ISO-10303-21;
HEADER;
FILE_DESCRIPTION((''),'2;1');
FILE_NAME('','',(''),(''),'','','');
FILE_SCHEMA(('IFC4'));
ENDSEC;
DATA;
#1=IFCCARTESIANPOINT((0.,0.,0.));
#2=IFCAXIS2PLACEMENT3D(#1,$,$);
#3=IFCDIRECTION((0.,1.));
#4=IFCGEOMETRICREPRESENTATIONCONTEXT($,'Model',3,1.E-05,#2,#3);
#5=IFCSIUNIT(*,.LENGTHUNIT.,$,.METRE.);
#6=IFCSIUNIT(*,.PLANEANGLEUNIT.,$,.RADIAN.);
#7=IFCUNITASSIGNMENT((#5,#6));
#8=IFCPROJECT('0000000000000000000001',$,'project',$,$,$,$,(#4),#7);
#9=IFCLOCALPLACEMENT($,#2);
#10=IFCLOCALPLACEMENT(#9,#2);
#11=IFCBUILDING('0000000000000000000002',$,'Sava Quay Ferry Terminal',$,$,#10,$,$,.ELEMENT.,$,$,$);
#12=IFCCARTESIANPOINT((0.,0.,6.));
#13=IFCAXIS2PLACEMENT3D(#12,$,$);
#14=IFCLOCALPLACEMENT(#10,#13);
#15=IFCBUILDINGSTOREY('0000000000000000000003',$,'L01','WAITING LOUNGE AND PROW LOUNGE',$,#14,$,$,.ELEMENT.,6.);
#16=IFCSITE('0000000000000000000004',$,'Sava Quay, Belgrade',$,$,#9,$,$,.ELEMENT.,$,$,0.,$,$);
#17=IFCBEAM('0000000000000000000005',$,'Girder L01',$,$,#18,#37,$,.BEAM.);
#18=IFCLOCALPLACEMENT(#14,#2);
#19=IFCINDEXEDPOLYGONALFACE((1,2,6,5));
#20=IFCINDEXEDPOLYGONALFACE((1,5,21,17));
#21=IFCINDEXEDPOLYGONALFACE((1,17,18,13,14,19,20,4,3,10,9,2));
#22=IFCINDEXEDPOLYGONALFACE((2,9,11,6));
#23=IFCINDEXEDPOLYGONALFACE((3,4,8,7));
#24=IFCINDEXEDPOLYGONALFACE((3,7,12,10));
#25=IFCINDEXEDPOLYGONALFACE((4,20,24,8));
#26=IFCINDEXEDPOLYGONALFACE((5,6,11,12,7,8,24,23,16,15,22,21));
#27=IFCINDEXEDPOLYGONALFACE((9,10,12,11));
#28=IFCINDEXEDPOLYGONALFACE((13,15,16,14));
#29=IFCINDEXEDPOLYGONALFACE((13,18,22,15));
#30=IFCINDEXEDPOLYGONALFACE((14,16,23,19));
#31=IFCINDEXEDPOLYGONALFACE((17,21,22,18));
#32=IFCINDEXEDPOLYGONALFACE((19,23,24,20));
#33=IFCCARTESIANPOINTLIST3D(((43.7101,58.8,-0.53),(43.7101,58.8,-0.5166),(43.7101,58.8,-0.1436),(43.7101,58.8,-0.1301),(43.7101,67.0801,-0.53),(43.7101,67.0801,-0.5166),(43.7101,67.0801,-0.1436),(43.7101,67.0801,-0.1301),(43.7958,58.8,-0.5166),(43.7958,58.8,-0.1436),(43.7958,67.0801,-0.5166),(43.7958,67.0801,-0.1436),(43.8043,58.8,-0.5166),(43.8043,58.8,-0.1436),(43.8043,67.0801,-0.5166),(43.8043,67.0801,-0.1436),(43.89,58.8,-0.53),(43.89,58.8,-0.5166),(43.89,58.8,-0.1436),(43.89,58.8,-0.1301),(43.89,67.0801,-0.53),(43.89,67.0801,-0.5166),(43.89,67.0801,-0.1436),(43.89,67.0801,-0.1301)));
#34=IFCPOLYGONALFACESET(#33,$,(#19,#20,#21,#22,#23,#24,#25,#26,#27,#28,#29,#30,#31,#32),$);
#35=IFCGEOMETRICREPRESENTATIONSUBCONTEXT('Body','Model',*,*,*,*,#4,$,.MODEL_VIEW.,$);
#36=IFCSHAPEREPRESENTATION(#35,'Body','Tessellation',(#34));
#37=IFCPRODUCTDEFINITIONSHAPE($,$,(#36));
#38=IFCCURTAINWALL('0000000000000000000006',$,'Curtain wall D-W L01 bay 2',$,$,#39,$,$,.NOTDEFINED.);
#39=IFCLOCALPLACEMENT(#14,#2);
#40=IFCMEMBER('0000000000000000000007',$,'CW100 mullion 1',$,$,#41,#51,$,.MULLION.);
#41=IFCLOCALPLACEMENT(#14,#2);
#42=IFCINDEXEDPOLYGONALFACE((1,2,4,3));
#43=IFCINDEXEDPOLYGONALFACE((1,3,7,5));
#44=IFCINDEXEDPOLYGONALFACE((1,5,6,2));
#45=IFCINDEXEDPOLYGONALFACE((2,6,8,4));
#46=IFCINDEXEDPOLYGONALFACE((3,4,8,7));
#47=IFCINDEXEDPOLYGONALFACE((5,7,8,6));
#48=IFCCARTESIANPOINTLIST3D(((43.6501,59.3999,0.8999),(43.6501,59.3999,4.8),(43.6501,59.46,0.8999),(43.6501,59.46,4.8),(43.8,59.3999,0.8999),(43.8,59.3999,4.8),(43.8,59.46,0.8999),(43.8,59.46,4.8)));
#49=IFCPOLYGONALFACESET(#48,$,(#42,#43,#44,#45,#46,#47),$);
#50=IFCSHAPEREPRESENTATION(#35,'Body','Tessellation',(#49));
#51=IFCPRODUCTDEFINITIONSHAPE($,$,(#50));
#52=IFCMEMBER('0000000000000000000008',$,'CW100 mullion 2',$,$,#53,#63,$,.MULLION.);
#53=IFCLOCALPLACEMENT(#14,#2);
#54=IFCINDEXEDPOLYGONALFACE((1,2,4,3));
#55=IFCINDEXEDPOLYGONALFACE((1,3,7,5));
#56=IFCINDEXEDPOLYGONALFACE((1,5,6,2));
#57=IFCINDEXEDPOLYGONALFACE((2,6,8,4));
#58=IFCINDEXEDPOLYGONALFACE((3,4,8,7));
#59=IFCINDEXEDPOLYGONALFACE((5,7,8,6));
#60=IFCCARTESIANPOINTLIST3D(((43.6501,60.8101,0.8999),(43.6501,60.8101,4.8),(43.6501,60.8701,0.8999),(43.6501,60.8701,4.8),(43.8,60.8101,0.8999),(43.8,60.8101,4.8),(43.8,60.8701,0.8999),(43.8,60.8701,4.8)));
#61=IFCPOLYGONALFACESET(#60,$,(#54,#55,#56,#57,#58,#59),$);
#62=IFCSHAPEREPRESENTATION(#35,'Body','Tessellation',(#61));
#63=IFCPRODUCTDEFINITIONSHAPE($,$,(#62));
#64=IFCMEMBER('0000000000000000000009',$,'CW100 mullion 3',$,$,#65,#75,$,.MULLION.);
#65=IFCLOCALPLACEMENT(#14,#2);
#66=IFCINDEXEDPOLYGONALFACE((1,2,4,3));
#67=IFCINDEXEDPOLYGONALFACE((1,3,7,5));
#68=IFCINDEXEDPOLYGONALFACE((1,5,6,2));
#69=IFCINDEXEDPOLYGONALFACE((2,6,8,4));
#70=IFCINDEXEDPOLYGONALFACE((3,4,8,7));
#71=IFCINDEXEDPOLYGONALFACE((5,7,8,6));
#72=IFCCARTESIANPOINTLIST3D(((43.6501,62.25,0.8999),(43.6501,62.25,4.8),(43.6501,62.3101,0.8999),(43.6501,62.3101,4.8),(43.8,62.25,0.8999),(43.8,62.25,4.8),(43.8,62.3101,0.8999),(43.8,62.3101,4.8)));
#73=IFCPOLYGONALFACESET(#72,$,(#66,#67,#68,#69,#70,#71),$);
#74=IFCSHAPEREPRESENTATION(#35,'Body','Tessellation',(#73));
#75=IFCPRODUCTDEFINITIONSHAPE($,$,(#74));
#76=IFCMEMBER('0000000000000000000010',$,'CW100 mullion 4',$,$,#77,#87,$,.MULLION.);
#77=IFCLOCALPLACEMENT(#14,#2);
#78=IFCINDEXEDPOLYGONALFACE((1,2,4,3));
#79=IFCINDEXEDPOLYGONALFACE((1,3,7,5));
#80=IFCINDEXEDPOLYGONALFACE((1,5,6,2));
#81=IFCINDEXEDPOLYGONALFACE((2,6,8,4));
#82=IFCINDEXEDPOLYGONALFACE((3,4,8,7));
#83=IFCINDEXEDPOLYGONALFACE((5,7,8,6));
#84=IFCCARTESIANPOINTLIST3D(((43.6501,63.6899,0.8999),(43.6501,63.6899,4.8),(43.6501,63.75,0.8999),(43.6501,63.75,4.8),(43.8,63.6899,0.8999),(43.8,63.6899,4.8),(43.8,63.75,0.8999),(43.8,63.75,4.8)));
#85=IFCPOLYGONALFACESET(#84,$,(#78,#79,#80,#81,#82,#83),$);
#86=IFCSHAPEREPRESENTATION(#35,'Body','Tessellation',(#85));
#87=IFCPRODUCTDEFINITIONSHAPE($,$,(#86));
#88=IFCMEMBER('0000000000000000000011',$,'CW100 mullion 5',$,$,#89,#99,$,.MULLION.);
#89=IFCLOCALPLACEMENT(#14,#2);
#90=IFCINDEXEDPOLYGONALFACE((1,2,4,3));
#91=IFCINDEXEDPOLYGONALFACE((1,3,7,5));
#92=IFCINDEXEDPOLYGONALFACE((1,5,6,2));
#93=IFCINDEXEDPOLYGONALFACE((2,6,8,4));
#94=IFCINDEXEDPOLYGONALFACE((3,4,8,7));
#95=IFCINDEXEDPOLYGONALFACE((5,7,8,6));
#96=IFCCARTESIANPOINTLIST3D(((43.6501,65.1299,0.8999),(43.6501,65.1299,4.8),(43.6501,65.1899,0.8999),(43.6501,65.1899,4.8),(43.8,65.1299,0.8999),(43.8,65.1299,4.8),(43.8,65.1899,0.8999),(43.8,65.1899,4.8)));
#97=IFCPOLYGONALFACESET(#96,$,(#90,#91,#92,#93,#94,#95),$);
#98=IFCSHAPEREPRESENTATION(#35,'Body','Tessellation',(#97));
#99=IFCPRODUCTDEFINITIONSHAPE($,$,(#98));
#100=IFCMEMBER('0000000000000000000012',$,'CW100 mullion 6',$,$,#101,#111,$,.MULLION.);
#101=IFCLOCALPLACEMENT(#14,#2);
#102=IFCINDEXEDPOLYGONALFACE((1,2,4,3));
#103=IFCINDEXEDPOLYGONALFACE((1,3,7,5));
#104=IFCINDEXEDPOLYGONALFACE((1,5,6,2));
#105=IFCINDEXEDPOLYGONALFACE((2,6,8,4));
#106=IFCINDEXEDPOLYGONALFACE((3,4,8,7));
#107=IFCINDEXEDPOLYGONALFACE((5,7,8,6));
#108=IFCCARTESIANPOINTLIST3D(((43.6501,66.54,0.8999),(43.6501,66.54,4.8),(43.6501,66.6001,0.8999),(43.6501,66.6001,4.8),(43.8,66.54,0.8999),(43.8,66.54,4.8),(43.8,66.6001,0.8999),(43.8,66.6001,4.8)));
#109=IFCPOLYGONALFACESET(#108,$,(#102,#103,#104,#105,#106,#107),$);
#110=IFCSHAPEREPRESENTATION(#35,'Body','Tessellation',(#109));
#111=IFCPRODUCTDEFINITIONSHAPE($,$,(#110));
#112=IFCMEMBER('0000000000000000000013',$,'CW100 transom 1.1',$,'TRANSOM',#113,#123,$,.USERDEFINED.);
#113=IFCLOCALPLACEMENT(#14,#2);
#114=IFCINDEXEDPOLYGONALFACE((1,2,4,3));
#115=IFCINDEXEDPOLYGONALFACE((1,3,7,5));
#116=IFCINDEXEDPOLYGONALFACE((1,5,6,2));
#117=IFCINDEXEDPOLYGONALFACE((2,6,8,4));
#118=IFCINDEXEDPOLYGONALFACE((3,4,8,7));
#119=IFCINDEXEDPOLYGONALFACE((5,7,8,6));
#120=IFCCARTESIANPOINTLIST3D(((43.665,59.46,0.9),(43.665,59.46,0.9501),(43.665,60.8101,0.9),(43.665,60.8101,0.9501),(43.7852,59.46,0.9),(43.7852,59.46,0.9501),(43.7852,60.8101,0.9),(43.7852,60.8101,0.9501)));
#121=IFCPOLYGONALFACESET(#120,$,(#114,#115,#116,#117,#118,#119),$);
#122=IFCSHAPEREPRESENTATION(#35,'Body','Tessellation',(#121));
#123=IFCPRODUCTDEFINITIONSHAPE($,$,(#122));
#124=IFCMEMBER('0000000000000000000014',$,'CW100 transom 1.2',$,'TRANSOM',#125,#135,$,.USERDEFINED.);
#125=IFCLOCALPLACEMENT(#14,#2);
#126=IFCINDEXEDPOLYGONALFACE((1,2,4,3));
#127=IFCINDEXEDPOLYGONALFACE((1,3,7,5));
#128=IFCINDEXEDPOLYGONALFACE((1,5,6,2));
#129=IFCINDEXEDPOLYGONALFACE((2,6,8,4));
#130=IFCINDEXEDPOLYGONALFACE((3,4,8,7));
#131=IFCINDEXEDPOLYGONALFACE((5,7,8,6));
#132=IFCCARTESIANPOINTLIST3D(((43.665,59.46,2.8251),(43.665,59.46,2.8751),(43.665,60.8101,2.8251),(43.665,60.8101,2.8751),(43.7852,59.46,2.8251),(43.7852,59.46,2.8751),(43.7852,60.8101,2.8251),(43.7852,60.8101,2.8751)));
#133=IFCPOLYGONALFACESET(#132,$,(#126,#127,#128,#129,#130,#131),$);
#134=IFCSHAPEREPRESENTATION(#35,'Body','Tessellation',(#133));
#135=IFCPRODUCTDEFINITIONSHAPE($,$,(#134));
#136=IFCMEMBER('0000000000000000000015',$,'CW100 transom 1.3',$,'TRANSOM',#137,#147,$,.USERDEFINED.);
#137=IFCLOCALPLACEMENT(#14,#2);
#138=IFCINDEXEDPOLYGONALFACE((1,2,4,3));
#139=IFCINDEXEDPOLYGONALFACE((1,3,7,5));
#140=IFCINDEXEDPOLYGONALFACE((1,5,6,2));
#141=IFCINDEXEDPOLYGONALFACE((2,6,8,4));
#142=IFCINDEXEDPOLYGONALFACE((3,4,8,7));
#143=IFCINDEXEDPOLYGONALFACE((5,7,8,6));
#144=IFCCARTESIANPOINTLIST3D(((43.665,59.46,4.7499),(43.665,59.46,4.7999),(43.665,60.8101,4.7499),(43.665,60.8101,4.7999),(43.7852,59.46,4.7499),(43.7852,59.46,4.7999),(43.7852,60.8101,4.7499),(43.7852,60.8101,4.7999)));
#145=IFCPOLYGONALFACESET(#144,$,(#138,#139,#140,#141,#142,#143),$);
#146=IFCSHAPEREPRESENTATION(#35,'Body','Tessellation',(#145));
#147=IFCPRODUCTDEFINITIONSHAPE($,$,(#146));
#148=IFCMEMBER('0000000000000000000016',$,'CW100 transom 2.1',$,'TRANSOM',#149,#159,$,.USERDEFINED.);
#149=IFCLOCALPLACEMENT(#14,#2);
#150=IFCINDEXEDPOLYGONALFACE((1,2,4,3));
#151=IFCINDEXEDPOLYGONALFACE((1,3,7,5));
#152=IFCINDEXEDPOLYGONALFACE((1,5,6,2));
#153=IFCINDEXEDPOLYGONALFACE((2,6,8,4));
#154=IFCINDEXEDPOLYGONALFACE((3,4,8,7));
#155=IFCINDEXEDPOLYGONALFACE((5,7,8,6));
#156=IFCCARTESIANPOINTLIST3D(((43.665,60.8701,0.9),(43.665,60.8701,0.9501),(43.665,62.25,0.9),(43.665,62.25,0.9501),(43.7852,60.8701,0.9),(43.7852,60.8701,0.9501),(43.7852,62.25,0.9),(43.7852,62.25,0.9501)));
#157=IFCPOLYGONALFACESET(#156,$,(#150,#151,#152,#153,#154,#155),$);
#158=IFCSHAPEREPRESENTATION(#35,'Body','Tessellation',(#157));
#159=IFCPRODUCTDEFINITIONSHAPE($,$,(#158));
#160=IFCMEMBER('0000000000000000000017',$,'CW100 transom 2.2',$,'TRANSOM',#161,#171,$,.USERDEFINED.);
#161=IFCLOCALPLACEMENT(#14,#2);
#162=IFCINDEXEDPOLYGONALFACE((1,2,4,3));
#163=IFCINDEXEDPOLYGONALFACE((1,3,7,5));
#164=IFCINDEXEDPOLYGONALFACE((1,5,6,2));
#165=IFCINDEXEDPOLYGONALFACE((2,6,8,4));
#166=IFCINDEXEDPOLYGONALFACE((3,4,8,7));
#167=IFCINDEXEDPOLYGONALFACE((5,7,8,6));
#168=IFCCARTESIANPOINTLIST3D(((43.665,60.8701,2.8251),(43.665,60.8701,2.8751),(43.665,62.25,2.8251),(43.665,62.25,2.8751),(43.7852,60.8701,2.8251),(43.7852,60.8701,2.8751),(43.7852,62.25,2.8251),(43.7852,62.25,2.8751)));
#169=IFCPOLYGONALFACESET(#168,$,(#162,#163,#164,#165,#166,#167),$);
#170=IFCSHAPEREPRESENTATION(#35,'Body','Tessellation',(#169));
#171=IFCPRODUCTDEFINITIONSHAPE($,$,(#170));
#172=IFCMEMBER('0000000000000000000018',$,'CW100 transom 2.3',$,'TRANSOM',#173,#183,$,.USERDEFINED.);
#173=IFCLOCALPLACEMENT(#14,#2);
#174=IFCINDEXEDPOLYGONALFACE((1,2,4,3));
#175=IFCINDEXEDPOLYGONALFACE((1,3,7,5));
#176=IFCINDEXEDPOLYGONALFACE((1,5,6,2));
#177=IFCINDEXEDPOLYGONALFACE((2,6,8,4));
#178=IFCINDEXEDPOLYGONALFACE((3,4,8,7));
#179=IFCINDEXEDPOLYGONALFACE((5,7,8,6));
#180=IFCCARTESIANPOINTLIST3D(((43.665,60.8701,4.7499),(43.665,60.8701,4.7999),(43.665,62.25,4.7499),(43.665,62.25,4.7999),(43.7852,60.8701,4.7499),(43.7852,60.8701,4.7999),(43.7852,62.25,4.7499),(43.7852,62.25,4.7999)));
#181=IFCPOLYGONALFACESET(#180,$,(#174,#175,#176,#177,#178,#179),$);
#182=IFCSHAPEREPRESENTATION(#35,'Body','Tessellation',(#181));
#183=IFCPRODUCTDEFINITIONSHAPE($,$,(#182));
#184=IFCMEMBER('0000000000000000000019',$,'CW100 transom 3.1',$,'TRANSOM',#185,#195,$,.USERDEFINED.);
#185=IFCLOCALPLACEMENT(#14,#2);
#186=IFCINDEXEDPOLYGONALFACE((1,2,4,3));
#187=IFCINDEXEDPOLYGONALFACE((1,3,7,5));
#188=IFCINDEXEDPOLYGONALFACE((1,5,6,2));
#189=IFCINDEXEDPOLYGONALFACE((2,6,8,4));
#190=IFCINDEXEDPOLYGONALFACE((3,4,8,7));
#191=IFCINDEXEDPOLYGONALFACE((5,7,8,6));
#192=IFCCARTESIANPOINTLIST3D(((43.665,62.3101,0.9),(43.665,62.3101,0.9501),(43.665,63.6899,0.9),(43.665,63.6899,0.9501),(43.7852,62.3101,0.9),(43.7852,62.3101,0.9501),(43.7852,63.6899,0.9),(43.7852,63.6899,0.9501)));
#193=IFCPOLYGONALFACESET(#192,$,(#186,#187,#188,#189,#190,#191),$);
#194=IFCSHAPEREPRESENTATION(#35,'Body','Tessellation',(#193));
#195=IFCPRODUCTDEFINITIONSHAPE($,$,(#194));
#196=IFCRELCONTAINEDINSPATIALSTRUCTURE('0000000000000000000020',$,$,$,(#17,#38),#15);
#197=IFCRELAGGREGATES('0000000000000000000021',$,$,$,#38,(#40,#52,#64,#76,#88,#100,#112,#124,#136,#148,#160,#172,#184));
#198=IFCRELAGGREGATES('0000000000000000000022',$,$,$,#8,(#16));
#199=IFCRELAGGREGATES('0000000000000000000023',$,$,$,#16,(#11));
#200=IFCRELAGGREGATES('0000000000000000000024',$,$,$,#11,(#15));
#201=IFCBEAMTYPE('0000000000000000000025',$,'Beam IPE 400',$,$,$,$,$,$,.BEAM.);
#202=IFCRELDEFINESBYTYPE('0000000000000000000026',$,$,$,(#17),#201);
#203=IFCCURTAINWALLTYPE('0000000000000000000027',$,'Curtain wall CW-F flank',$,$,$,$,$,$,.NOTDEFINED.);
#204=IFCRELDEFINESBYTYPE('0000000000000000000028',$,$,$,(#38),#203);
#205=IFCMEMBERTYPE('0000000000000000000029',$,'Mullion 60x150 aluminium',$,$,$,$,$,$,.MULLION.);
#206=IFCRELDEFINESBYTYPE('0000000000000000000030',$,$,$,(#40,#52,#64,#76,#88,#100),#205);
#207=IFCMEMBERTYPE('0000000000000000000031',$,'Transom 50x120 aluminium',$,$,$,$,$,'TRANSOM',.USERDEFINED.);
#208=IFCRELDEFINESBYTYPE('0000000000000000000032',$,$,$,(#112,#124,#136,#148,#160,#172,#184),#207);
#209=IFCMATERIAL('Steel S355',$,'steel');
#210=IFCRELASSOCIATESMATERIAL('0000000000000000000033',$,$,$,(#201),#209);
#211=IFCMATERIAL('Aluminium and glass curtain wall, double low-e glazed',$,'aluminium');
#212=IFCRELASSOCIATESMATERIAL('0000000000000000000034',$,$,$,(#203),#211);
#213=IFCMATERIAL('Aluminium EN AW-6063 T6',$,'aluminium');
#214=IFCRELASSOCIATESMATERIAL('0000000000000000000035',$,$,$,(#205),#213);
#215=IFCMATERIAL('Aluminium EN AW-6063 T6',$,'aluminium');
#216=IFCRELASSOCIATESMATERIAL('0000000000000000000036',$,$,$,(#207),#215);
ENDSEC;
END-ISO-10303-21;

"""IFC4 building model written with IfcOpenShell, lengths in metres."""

from ifc_helpers import new_model, si_unit, direction, frame, origin, origin_2d, place, context, subcontext, project, spatial, rectangle, i_section, extrude, material, material_profile, profile_set, type_object, element, aggregate, save


model = new_model("IFC4")

# Units and contexts
model_context = context("Model", 3, precision=1e-05, world=origin(), true_north=direction((0.0, 1.0)))
body_context = subcontext(model_context, "Body", "Model", "MODEL_VIEW")
ifc_project = project(units=[si_unit("LENGTHUNIT", "METRE"), si_unit("PLANEANGLEUNIT", "RADIAN")], contexts=[model_context])

# Site, building, storey
site_placement = place(None, origin())
site = spatial("IfcSite", under=ifc_project, at=site_placement, Name="Sava Quay, Belgrade", CompositionType="ELEMENT", RefElevation=0.0)
building_placement = place(site_placement, origin())
building = spatial("IfcBuilding", under=site, at=building_placement, Name="Sava Quay Ferry Terminal", CompositionType="ELEMENT")
storey_placement = place(building_placement, frame((0.0, 0.0, 6.0)))
storey = spatial("IfcBuildingStorey", under=building, at=storey_placement, Name="L01", Description="WAITING LOUNGE AND PROW LOUNGE", CompositionType="ELEMENT", Elevation=6.0)

# Beam
ifc_material_1 = material(Name="Steel S355", Category="steel")
ifc_material_profile_1 = material_profile(ifc_material_1, i_section(OverallWidth=0.1799, OverallDepth=0.3999, WebThickness=0.0085, FlangeThickness=0.0134, at=origin_2d()), Name="IPE 400")
ifc_profile_set_1 = profile_set([ifc_material_profile_1], Name="Steel S355")
beam_type_1 = type_object("IfcBeamType", Name="Beam IPE 400", PredefinedType="BEAM", material=ifc_profile_set_1)
beam_placement = place(storey_placement, frame((43.8, 58.8, -0.3301), z_axis=(0.0, 1.0, 0.0), x_axis=(-1.0, 0.0, 0.0)))
element("IfcBeam", 1, at=beam_placement, inside=storey, type_object=beam_type_1, Name="Girder L01", PredefinedType="BEAM", context=body_context, shape_type="SweptSolid", body=[
    extrude(i_section(OverallWidth=0.1799, OverallDepth=0.3999, WebThickness=0.0085, FlangeThickness=0.0134, at=origin_2d()), origin(), (0.0, 0.0, 1.0), 8.28),
])

# Curtain wall, members
ifc_material_2 = material(Name="Aluminium and glass curtain wall, double low-e glazed", Category="aluminium")
curtain_wall_type = type_object("IfcCurtainWallType", Name="Curtain wall CW-F flank", PredefinedType="NOTDEFINED", material=ifc_material_2)
curtain_wall_placement = place(storey_placement, origin())
curtain_wall = element("IfcCurtainWall", 2, at=curtain_wall_placement, inside=storey, type_object=curtain_wall_type, Name="Curtain wall D-W L01 bay 2", PredefinedType="NOTDEFINED")
ifc_material_3 = material(Name="Aluminium EN AW-6063 T6", Category="aluminium")
ifc_material_profile_2 = material_profile(ifc_material_3, rectangle(XDim=0.1499, YDim=0.0601, at=origin_2d()), Name="Mullion 60x150 aluminium")
ifc_profile_set_2 = profile_set([ifc_material_profile_2], Name="Aluminium EN AW-6063 T6")
member_type_1 = type_object("IfcMemberType", Name="Mullion 60x150 aluminium", PredefinedType="MULLION", material=ifc_profile_set_2)
member_1_placement = place(storey_placement, frame((43.7251, 59.4299, 0.8999), z_axis=(0.0, 0.0, 1.0), x_axis=(-1.0, 0.0, 0.0)))
member_1 = element("IfcMember", 3, at=member_1_placement, type_object=member_type_1, Name="CW100 mullion 1", PredefinedType="MULLION", context=body_context, shape_type="SweptSolid", body=[
    extrude(rectangle(XDim=0.1499, YDim=0.0601, at=origin_2d()), origin(), (0.0, 0.0, 1.0), 3.9001),
])
member_2_placement = place(storey_placement, frame((43.7251, 60.8401, 0.8999), z_axis=(0.0, 0.0, 1.0), x_axis=(-1.0, 0.0, 0.0)))
member_2 = element("IfcMember", 4, at=member_2_placement, type_object=member_type_1, Name="CW100 mullion 2", PredefinedType="MULLION", context=body_context, shape_type="SweptSolid", body=[
    extrude(rectangle(XDim=0.1499, YDim=0.0601, at=origin_2d()), origin(), (0.0, 0.0, 1.0), 3.9001),
])
member_3_placement = place(storey_placement, frame((43.7251, 62.28, 0.8999), z_axis=(0.0, 0.0, 1.0), x_axis=(-1.0, 0.0, 0.0)))
member_3 = element("IfcMember", 5, at=member_3_placement, type_object=member_type_1, Name="CW100 mullion 3", PredefinedType="MULLION", context=body_context, shape_type="SweptSolid", body=[
    extrude(rectangle(XDim=0.1499, YDim=0.0601, at=origin_2d()), origin(), (0.0, 0.0, 1.0), 3.9001),
])
member_4_placement = place(storey_placement, frame((43.7251, 63.72, 0.8999), z_axis=(0.0, 0.0, 1.0), x_axis=(-1.0, 0.0, 0.0)))
member_4 = element("IfcMember", 6, at=member_4_placement, type_object=member_type_1, Name="CW100 mullion 4", PredefinedType="MULLION", context=body_context, shape_type="SweptSolid", body=[
    extrude(rectangle(XDim=0.1499, YDim=0.0601, at=origin_2d()), origin(), (0.0, 0.0, 1.0), 3.9001),
])
member_5_placement = place(storey_placement, frame((43.7251, 65.1599, 0.8999), z_axis=(0.0, 0.0, 1.0), x_axis=(-1.0, 0.0, 0.0)))
member_5 = element("IfcMember", 7, at=member_5_placement, type_object=member_type_1, Name="CW100 mullion 5", PredefinedType="MULLION", context=body_context, shape_type="SweptSolid", body=[
    extrude(rectangle(XDim=0.1499, YDim=0.0601, at=origin_2d()), origin(), (0.0, 0.0, 1.0), 3.9001),
])
member_6_placement = place(storey_placement, frame((43.7251, 66.5701, 0.8999), z_axis=(0.0, 0.0, 1.0), x_axis=(-1.0, 0.0, 0.0)))
member_6 = element("IfcMember", 8, at=member_6_placement, type_object=member_type_1, Name="CW100 mullion 6", PredefinedType="MULLION", context=body_context, shape_type="SweptSolid", body=[
    extrude(rectangle(XDim=0.1499, YDim=0.0601, at=origin_2d()), origin(), (0.0, 0.0, 1.0), 3.9001),
])
ifc_material_4 = material(Name="Aluminium EN AW-6063 T6", Category="aluminium")
ifc_material_profile_3 = material_profile(ifc_material_4, rectangle(XDim=0.1201, YDim=0.05, at=origin_2d()), Name="Transom 50x120 aluminium")
ifc_profile_set_3 = profile_set([ifc_material_profile_3], Name="Aluminium EN AW-6063 T6")
member_type_2 = type_object("IfcMemberType", Name="Transom 50x120 aluminium", ElementType="TRANSOM", PredefinedType="USERDEFINED", material=ifc_profile_set_3)
member_7_placement = place(storey_placement, frame((43.7251, 59.46, 0.925), z_axis=(0.0, 1.0, 0.0), x_axis=(-1.0, 0.0, 0.0)))
member_7 = element("IfcMember", 9, at=member_7_placement, type_object=member_type_2, Name="CW100 transom 1.1", ObjectType="TRANSOM", PredefinedType="USERDEFINED", context=body_context, shape_type="SweptSolid", body=[
    extrude(rectangle(XDim=0.1201, YDim=0.05, at=origin_2d()), origin(), (0.0, 0.0, 1.0), 1.3501),
])
member_8_placement = place(storey_placement, frame((43.7251, 59.46, 2.8501), z_axis=(0.0, 1.0, 0.0), x_axis=(-1.0, 0.0, 0.0)))
member_8 = element("IfcMember", 10, at=member_8_placement, type_object=member_type_2, Name="CW100 transom 1.2", ObjectType="TRANSOM", PredefinedType="USERDEFINED", context=body_context, shape_type="SweptSolid", body=[
    extrude(rectangle(XDim=0.1201, YDim=0.05, at=origin_2d()), origin(), (0.0, 0.0, 1.0), 1.3501),
])
member_9_placement = place(storey_placement, frame((43.7251, 59.46, 4.7749), z_axis=(0.0, 1.0, 0.0), x_axis=(-1.0, 0.0, 0.0)))
member_9 = element("IfcMember", 11, at=member_9_placement, type_object=member_type_2, Name="CW100 transom 1.3", ObjectType="TRANSOM", PredefinedType="USERDEFINED", context=body_context, shape_type="SweptSolid", body=[
    extrude(rectangle(XDim=0.1201, YDim=0.05, at=origin_2d()), origin(), (0.0, 0.0, 1.0), 1.3501),
])
member_10_placement = place(storey_placement, frame((43.7251, 60.8701, 0.925), z_axis=(0.0, 1.0, 0.0), x_axis=(-1.0, 0.0, 0.0)))
member_10 = element("IfcMember", 12, at=member_10_placement, type_object=member_type_2, Name="CW100 transom 2.1", ObjectType="TRANSOM", PredefinedType="USERDEFINED", context=body_context, shape_type="SweptSolid", body=[
    extrude(rectangle(XDim=0.1201, YDim=0.05, at=origin_2d()), origin(), (0.0, 0.0, 1.0), 1.3799),
])
member_11_placement = place(storey_placement, frame((43.7251, 60.8701, 2.8501), z_axis=(0.0, 1.0, 0.0), x_axis=(-1.0, 0.0, 0.0)))
member_11 = element("IfcMember", 13, at=member_11_placement, type_object=member_type_2, Name="CW100 transom 2.2", ObjectType="TRANSOM", PredefinedType="USERDEFINED", context=body_context, shape_type="SweptSolid", body=[
    extrude(rectangle(XDim=0.1201, YDim=0.05, at=origin_2d()), origin(), (0.0, 0.0, 1.0), 1.3799),
])
member_12_placement = place(storey_placement, frame((43.7251, 60.8701, 4.7749), z_axis=(0.0, 1.0, 0.0), x_axis=(-1.0, 0.0, 0.0)))
member_12 = element("IfcMember", 14, at=member_12_placement, type_object=member_type_2, Name="CW100 transom 2.3", ObjectType="TRANSOM", PredefinedType="USERDEFINED", context=body_context, shape_type="SweptSolid", body=[
    extrude(rectangle(XDim=0.1201, YDim=0.05, at=origin_2d()), origin(), (0.0, 0.0, 1.0), 1.3799),
])
member_13_placement = place(storey_placement, frame((43.7251, 62.3101, 0.925), z_axis=(0.0, 1.0, 0.0), x_axis=(-1.0, 0.0, 0.0)))
member_13 = element("IfcMember", 15, at=member_13_placement, type_object=member_type_2, Name="CW100 transom 3.1", ObjectType="TRANSOM", PredefinedType="USERDEFINED", context=body_context, shape_type="SweptSolid", body=[
    extrude(rectangle(XDim=0.1201, YDim=0.05, at=origin_2d()), origin(), (0.0, 0.0, 1.0), 1.3799),
])
aggregate(curtain_wall, [member_1, member_2, member_3, member_4, member_5, member_6, member_7, member_8, member_9, member_10, member_11, member_12, member_13])

save(model, "model.ifc")
